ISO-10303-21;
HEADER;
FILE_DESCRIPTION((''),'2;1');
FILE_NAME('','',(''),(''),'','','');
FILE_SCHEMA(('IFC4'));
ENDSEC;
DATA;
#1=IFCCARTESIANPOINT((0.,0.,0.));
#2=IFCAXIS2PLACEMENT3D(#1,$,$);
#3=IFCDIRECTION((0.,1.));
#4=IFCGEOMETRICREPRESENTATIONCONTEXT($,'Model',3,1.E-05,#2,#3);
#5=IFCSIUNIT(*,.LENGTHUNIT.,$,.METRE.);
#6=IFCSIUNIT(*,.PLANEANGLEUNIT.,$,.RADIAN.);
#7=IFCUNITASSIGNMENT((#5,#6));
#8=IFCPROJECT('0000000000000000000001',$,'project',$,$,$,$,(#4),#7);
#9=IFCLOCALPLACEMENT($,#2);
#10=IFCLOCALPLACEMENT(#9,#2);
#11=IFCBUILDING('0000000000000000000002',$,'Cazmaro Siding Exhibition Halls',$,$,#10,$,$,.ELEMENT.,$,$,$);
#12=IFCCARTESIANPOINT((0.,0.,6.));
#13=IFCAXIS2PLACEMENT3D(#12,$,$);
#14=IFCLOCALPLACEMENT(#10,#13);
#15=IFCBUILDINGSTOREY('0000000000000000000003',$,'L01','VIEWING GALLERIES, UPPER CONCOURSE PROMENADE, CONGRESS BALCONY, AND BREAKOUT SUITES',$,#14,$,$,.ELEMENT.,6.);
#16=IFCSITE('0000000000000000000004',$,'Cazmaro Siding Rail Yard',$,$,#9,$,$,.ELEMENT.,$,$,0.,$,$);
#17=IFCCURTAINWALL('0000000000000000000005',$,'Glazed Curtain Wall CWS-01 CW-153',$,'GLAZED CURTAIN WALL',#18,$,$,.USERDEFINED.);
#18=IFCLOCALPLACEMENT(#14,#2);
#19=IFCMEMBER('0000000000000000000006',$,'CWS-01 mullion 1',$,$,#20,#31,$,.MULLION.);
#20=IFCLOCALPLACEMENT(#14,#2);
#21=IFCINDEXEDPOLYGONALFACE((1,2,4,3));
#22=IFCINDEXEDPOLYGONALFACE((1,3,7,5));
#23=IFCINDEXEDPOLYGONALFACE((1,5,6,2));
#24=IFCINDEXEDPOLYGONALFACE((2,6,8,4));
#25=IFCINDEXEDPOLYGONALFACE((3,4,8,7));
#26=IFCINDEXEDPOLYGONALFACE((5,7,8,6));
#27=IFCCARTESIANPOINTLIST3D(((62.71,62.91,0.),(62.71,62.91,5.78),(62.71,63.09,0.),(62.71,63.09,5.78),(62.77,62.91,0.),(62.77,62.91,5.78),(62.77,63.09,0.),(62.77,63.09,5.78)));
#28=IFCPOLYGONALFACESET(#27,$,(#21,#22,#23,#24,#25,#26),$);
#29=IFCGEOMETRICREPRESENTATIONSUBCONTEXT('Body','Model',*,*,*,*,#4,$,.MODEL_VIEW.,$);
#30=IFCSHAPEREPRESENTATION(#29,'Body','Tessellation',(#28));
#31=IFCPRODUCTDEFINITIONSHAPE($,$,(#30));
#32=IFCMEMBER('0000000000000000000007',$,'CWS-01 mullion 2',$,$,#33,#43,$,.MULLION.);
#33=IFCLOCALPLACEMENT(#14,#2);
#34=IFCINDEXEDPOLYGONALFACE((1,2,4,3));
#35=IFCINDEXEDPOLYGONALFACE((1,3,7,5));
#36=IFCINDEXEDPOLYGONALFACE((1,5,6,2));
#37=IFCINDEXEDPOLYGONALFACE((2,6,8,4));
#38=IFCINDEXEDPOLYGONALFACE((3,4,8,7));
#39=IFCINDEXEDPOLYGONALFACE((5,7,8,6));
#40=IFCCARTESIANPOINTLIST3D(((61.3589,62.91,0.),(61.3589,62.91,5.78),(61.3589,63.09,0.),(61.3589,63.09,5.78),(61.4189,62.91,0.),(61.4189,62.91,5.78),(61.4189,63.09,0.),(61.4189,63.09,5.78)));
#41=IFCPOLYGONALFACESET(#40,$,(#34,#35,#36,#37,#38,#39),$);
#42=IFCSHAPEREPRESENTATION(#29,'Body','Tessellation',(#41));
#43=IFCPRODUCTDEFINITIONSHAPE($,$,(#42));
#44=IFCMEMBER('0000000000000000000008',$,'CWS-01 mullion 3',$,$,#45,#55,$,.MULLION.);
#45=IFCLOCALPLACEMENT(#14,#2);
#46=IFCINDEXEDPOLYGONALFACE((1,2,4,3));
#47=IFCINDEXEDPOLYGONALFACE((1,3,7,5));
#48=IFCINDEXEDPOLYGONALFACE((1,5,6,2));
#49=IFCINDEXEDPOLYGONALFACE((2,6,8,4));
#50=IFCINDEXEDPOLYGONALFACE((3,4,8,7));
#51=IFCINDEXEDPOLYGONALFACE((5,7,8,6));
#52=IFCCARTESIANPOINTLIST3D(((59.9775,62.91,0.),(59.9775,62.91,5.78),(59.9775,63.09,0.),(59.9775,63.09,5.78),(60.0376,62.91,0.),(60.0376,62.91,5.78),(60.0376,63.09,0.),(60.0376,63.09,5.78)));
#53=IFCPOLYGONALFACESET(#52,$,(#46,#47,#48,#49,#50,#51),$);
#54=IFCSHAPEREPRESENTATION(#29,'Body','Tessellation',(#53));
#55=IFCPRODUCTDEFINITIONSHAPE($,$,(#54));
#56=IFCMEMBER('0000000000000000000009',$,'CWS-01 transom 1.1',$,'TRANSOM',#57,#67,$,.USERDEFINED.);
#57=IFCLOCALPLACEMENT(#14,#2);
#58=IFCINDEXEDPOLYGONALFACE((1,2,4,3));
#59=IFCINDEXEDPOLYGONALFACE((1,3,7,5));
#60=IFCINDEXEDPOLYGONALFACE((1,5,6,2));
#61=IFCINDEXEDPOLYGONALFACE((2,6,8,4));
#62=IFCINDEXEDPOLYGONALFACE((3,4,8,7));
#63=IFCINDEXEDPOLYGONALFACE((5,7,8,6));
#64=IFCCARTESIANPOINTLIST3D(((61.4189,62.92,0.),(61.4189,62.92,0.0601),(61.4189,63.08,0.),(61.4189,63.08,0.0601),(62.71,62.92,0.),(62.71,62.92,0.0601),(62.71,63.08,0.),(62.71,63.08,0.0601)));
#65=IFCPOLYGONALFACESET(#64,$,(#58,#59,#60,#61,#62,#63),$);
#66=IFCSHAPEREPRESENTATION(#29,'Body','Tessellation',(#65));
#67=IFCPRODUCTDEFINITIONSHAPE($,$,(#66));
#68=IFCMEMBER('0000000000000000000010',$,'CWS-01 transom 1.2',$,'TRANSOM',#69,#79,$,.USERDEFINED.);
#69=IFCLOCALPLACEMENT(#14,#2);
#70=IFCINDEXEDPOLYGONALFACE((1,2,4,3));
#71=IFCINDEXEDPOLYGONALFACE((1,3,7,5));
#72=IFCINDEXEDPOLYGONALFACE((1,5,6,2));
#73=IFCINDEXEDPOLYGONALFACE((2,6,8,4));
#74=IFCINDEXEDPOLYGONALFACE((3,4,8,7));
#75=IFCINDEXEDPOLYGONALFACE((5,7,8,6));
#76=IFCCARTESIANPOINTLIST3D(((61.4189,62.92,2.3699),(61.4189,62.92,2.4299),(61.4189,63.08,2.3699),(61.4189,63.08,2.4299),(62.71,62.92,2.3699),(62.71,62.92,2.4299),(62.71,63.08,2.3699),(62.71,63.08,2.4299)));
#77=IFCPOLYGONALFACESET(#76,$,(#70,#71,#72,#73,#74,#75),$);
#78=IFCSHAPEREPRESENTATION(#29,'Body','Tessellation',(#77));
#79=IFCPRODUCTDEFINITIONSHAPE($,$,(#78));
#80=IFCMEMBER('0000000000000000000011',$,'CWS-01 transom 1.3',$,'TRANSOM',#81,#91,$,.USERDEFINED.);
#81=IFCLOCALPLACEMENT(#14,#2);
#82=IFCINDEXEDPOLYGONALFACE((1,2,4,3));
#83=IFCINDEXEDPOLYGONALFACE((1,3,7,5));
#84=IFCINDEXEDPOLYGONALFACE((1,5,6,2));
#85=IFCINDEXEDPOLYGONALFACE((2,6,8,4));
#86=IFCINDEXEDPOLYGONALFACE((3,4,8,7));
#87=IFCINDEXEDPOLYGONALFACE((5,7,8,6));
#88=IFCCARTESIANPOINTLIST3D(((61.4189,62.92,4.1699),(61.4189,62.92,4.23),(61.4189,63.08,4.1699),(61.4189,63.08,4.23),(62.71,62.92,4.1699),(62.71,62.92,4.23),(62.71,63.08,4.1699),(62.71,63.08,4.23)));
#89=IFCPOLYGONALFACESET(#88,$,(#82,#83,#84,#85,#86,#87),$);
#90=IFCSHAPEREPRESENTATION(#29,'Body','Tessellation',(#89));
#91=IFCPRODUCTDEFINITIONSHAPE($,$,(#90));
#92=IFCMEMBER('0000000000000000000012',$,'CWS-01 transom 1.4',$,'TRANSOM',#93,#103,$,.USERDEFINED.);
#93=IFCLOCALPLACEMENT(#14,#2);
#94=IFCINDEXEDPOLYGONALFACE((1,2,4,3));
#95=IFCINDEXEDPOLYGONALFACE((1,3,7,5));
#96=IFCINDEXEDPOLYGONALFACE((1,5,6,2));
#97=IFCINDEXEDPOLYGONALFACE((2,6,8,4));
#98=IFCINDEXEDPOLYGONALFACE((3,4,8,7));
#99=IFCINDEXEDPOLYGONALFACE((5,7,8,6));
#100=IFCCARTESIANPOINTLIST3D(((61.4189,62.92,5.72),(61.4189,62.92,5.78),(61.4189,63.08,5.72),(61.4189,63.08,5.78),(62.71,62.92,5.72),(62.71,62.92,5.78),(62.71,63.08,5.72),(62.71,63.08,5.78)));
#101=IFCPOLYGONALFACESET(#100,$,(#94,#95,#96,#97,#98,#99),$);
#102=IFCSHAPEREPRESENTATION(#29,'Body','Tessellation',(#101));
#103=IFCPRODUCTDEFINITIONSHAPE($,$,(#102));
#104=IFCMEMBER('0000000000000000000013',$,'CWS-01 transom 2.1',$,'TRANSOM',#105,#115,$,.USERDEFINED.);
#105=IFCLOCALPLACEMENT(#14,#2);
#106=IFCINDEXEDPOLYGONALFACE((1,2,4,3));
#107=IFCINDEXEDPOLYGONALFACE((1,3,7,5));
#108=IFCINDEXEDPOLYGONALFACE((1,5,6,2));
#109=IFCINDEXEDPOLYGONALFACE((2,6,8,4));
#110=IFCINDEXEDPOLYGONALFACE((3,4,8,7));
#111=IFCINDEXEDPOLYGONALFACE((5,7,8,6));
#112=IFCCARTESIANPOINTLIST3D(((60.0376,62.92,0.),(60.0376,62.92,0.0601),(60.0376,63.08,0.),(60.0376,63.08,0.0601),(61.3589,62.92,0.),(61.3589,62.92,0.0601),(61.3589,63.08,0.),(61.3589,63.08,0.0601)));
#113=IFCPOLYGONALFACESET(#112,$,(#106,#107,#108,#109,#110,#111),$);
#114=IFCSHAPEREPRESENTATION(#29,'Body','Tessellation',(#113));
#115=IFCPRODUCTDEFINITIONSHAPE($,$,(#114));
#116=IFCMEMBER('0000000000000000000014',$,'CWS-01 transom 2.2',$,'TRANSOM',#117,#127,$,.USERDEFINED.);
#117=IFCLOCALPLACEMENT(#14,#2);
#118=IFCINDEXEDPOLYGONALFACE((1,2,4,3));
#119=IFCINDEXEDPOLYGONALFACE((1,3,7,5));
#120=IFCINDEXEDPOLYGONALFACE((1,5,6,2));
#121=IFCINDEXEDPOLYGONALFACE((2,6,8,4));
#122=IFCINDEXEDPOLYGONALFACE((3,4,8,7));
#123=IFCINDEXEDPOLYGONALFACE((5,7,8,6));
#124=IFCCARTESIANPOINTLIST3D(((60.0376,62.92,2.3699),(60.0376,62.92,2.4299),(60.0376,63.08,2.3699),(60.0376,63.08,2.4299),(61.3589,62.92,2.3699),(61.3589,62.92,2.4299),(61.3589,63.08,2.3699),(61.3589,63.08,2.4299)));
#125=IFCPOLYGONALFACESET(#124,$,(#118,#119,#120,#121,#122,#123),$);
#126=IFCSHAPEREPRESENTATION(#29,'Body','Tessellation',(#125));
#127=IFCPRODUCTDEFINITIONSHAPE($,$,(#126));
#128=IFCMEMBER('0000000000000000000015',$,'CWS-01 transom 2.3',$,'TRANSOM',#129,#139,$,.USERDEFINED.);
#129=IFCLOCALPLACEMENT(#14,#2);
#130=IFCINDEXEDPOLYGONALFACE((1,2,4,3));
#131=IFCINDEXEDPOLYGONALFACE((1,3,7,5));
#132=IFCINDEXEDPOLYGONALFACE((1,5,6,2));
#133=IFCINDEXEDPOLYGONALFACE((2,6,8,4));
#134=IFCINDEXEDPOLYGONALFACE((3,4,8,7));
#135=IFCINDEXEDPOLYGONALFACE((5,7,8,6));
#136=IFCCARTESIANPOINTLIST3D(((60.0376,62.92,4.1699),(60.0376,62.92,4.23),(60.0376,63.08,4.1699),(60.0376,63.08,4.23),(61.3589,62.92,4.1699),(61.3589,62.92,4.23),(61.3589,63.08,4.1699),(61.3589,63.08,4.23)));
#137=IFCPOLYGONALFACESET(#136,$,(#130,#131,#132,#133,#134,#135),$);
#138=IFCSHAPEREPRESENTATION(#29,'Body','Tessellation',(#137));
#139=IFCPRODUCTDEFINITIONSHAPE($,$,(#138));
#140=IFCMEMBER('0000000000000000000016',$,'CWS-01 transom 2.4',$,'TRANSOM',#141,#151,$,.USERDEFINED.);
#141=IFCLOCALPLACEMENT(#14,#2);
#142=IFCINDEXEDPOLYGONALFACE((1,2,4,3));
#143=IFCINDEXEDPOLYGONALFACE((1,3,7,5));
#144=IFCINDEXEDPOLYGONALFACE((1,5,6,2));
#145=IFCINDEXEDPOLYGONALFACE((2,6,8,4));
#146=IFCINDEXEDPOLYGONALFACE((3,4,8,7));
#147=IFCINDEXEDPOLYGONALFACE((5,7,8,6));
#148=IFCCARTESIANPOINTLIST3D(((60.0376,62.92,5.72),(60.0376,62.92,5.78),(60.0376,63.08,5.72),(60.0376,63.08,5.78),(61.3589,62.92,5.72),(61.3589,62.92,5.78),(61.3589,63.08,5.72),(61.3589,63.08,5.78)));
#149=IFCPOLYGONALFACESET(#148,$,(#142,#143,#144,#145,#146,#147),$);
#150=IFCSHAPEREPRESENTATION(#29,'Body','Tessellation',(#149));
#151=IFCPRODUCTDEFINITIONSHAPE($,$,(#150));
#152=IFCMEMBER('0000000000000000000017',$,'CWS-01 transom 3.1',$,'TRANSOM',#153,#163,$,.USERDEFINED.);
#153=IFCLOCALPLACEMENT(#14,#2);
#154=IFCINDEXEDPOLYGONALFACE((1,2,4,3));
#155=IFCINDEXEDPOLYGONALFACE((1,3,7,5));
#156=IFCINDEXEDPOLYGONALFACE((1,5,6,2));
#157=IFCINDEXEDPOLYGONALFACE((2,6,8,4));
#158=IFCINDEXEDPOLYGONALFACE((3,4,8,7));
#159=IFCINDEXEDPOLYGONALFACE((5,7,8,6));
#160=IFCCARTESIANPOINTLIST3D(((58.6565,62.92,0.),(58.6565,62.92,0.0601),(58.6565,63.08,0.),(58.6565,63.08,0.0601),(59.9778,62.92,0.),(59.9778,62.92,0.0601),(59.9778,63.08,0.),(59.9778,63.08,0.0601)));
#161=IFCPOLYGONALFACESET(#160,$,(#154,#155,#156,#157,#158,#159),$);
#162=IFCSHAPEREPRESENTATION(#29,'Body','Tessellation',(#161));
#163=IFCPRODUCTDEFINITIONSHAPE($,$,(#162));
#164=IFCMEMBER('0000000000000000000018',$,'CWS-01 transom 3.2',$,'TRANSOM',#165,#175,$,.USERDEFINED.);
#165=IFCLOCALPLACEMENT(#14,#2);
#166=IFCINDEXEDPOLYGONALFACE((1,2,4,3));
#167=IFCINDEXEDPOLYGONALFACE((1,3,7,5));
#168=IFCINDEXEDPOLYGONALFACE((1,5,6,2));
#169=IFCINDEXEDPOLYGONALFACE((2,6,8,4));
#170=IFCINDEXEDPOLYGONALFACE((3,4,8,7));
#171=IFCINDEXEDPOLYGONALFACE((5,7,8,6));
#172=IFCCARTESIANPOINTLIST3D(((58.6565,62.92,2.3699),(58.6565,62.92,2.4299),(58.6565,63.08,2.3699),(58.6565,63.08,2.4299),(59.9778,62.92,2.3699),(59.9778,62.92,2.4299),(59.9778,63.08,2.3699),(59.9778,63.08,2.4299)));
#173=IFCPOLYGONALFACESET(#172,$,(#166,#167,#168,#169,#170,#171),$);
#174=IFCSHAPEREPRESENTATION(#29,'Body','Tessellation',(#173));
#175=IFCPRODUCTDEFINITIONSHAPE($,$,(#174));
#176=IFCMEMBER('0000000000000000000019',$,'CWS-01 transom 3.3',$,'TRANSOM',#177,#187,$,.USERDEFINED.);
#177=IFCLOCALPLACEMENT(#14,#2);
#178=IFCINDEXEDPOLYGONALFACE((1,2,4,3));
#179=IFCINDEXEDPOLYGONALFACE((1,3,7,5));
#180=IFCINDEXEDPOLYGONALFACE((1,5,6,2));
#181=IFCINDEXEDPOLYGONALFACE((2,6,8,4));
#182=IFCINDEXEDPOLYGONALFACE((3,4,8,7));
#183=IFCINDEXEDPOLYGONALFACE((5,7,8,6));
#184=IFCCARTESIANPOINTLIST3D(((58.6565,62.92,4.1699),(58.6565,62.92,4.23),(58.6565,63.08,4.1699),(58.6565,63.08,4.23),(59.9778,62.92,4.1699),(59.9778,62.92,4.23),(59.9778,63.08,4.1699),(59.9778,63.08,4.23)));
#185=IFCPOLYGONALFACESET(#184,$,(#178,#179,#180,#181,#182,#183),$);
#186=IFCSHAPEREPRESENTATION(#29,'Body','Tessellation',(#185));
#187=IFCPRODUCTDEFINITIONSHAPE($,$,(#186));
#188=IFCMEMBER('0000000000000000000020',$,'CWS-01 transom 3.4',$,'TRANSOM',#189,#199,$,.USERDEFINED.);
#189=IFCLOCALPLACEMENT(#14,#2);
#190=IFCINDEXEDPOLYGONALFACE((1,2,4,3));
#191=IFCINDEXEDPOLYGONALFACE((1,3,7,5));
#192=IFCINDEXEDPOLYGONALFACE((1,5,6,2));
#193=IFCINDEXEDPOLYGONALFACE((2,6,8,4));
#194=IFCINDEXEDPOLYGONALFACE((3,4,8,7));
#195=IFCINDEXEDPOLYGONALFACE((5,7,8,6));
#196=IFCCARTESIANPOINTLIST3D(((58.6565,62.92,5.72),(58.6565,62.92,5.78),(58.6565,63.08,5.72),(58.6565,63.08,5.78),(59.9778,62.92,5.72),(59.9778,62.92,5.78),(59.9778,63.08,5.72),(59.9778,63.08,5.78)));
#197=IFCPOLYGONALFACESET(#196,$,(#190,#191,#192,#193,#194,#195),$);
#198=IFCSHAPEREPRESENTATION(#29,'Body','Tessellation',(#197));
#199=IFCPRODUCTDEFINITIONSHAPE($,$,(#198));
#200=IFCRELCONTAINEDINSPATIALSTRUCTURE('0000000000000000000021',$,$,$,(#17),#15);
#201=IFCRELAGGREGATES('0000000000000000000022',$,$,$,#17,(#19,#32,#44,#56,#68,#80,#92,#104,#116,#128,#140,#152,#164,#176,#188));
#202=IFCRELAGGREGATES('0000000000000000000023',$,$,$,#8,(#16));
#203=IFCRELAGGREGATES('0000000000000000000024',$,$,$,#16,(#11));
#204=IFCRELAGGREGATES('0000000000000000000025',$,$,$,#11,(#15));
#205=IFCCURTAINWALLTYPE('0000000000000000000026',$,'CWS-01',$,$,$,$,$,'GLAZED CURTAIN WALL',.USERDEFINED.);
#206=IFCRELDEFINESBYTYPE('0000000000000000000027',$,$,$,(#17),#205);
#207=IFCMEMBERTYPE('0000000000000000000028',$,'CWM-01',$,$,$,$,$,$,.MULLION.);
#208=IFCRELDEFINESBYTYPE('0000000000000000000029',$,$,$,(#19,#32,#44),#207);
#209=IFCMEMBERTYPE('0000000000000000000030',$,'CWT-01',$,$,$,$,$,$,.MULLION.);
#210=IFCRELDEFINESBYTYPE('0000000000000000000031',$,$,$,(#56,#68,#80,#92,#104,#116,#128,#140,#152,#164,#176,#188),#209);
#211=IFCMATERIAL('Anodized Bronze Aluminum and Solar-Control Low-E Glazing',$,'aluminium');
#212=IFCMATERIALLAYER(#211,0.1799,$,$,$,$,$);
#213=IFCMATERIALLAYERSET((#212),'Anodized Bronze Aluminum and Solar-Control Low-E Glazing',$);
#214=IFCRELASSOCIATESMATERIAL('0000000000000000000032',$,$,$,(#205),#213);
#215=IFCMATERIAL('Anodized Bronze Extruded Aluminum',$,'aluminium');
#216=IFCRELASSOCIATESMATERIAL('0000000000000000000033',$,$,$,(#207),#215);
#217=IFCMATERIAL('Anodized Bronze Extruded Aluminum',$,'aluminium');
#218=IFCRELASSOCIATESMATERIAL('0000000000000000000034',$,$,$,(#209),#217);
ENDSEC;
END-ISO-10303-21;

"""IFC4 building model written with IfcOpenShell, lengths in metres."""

from ifc_helpers import new_model, si_unit, direction, frame, origin, origin_2d, place, context, subcontext, project, spatial, rectangle, extrude, material, layer, layer_set, material_profile, profile_set, type_object, element, aggregate, save


model = new_model("IFC4")

# Units and contexts
model_context = context("Model", 3, precision=1e-05, world=origin(), true_north=direction((0.0, 1.0)))
body_context = subcontext(model_context, "Body", "Model", "MODEL_VIEW")
ifc_project = project(units=[si_unit("LENGTHUNIT", "METRE"), si_unit("PLANEANGLEUNIT", "RADIAN")], contexts=[model_context])

# Site, building, storey
site_placement = place(None, origin())
site = spatial("IfcSite", under=ifc_project, at=site_placement, Name="Cazmaro Siding Rail Yard", CompositionType="ELEMENT", RefElevation=0.0)
building_placement = place(site_placement, origin())
building = spatial("IfcBuilding", under=site, at=building_placement, Name="Cazmaro Siding Exhibition Halls", CompositionType="ELEMENT")
storey_placement = place(building_placement, frame((0.0, 0.0, 6.0)))
storey = spatial("IfcBuildingStorey", under=building, at=storey_placement, Name="L01", Description="VIEWING GALLERIES, UPPER CONCOURSE PROMENADE, CONGRESS BALCONY, AND BREAKOUT SUITES", CompositionType="ELEMENT", Elevation=6.0)

# Curtain wall, members
ifc_material_1 = material(Name="Anodized Bronze Aluminum and Solar-Control Low-E Glazing", Category="aluminium")
ifc_layer_1 = layer(ifc_material_1, 0.1799)
ifc_layer_set_1 = layer_set([ifc_layer_1], Name="Anodized Bronze Aluminum and Solar-Control Low-E Glazing")
curtain_wall_type = type_object("IfcCurtainWallType", Name="CWS-01", ElementType="GLAZED CURTAIN WALL", PredefinedType="USERDEFINED", material=ifc_layer_set_1)
curtain_wall_placement = place(storey_placement, origin())
curtain_wall = element("IfcCurtainWall", 1, at=curtain_wall_placement, inside=storey, type_object=curtain_wall_type, Name="Glazed Curtain Wall CWS-01 CW-153", ObjectType="GLAZED CURTAIN WALL", PredefinedType="USERDEFINED")
ifc_material_2 = material(Name="Anodized Bronze Extruded Aluminum", Category="aluminium")
ifc_material_profile_1 = material_profile(ifc_material_2, rectangle(XDim=0.1799, YDim=0.0601, at=origin_2d()), Name="CWM-01")
ifc_profile_set_1 = profile_set([ifc_material_profile_1], Name="Anodized Bronze Extruded Aluminum")
member_type_1 = type_object("IfcMemberType", Name="CWM-01", PredefinedType="MULLION", material=ifc_profile_set_1)
member_1_placement = place(storey_placement, frame((62.74, 63.0, 0.0), z_axis=(0.0, 0.0, 1.0), x_axis=(0.0, -1.0, 0.0)))
member_1 = element("IfcMember", 2, at=member_1_placement, type_object=member_type_1, Name="CWS-01 mullion 1", PredefinedType="MULLION", context=body_context, shape_type="SweptSolid", body=[
    extrude(rectangle(XDim=0.1799, YDim=0.0601, at=origin_2d()), origin(), (0.0, 0.0, 1.0), 5.78),
])
member_2_placement = place(storey_placement, frame((61.3889, 63.0, 0.0), z_axis=(0.0, 0.0, 1.0), x_axis=(0.0, -1.0, 0.0)))
member_2 = element("IfcMember", 3, at=member_2_placement, type_object=member_type_1, Name="CWS-01 mullion 2", PredefinedType="MULLION", context=body_context, shape_type="SweptSolid", body=[
    extrude(rectangle(XDim=0.1799, YDim=0.0601, at=origin_2d()), origin(), (0.0, 0.0, 1.0), 5.78),
])
member_3_placement = place(storey_placement, frame((60.0076, 63.0, 0.0), z_axis=(0.0, 0.0, 1.0), x_axis=(0.0, -1.0, 0.0)))
member_3 = element("IfcMember", 4, at=member_3_placement, type_object=member_type_1, Name="CWS-01 mullion 3", PredefinedType="MULLION", context=body_context, shape_type="SweptSolid", body=[
    extrude(rectangle(XDim=0.1799, YDim=0.0601, at=origin_2d()), origin(), (0.0, 0.0, 1.0), 5.78),
])
ifc_material_3 = material(Name="Anodized Bronze Extruded Aluminum", Category="aluminium")
ifc_material_profile_2 = material_profile(ifc_material_3, rectangle(XDim=0.1599, YDim=0.0601, at=origin_2d()), Name="CWT-01")
ifc_profile_set_2 = profile_set([ifc_material_profile_2], Name="Anodized Bronze Extruded Aluminum")
member_type_2 = type_object("IfcMemberType", Name="CWT-01", PredefinedType="MULLION", material=ifc_profile_set_2)
member_4_placement = place(storey_placement, frame((62.71, 63.0, 0.03), z_axis=(-1.0, 0.0, 0.0), x_axis=(0.0, -1.0, 0.0)))
member_4 = element("IfcMember", 5, at=member_4_placement, type_object=member_type_2, Name="CWS-01 transom 1.1", ObjectType="TRANSOM", PredefinedType="USERDEFINED", context=body_context, shape_type="SweptSolid", body=[
    extrude(rectangle(XDim=0.1599, YDim=0.0601, at=origin_2d()), origin(), (0.0, 0.0, 1.0), 1.291),
])
member_5_placement = place(storey_placement, frame((62.71, 63.0, 2.3999), z_axis=(-1.0, 0.0, 0.0), x_axis=(0.0, -1.0, 0.0)))
member_5 = element("IfcMember", 6, at=member_5_placement, type_object=member_type_2, Name="CWS-01 transom 1.2", ObjectType="TRANSOM", PredefinedType="USERDEFINED", context=body_context, shape_type="SweptSolid", body=[
    extrude(rectangle(XDim=0.1599, YDim=0.0601, at=origin_2d()), origin(), (0.0, 0.0, 1.0), 1.291),
])
member_6_placement = place(storey_placement, frame((62.71, 63.0, 4.2), z_axis=(-1.0, 0.0, 0.0), x_axis=(0.0, -1.0, 0.0)))
member_6 = element("IfcMember", 7, at=member_6_placement, type_object=member_type_2, Name="CWS-01 transom 1.3", ObjectType="TRANSOM", PredefinedType="USERDEFINED", context=body_context, shape_type="SweptSolid", body=[
    extrude(rectangle(XDim=0.1599, YDim=0.0601, at=origin_2d()), origin(), (0.0, 0.0, 1.0), 1.291),
])
member_7_placement = place(storey_placement, frame((62.71, 63.0, 5.75), z_axis=(-1.0, 0.0, 0.0), x_axis=(0.0, -1.0, 0.0)))
member_7 = element("IfcMember", 8, at=member_7_placement, type_object=member_type_2, Name="CWS-01 transom 1.4", ObjectType="TRANSOM", PredefinedType="USERDEFINED", context=body_context, shape_type="SweptSolid", body=[
    extrude(rectangle(XDim=0.1599, YDim=0.0601, at=origin_2d()), origin(), (0.0, 0.0, 1.0), 1.291),
])
member_8_placement = place(storey_placement, frame((61.3589, 63.0, 0.03), z_axis=(-1.0, 0.0, 0.0), x_axis=(0.0, -1.0, 0.0)))
member_8 = element("IfcMember", 9, at=member_8_placement, type_object=member_type_2, Name="CWS-01 transom 2.1", ObjectType="TRANSOM", PredefinedType="USERDEFINED", context=body_context, shape_type="SweptSolid", body=[
    extrude(rectangle(XDim=0.1599, YDim=0.0601, at=origin_2d()), origin(), (0.0, 0.0, 1.0), 1.3213),
])
member_9_placement = place(storey_placement, frame((61.3589, 63.0, 2.3999), z_axis=(-1.0, 0.0, 0.0), x_axis=(0.0, -1.0, 0.0)))
member_9 = element("IfcMember", 10, at=member_9_placement, type_object=member_type_2, Name="CWS-01 transom 2.2", ObjectType="TRANSOM", PredefinedType="USERDEFINED", context=body_context, shape_type="SweptSolid", body=[
    extrude(rectangle(XDim=0.1599, YDim=0.0601, at=origin_2d()), origin(), (0.0, 0.0, 1.0), 1.3213),
])
member_10_placement = place(storey_placement, frame((61.3589, 63.0, 4.2), z_axis=(-1.0, 0.0, 0.0), x_axis=(0.0, -1.0, 0.0)))
member_10 = element("IfcMember", 11, at=member_10_placement, type_object=member_type_2, Name="CWS-01 transom 2.3", ObjectType="TRANSOM", PredefinedType="USERDEFINED", context=body_context, shape_type="SweptSolid", body=[
    extrude(rectangle(XDim=0.1599, YDim=0.0601, at=origin_2d()), origin(), (0.0, 0.0, 1.0), 1.3213),
])
member_11_placement = place(storey_placement, frame((61.3589, 63.0, 5.75), z_axis=(-1.0, 0.0, 0.0), x_axis=(0.0, -1.0, 0.0)))
member_11 = element("IfcMember", 12, at=member_11_placement, type_object=member_type_2, Name="CWS-01 transom 2.4", ObjectType="TRANSOM", PredefinedType="USERDEFINED", context=body_context, shape_type="SweptSolid", body=[
    extrude(rectangle(XDim=0.1599, YDim=0.0601, at=origin_2d()), origin(), (0.0, 0.0, 1.0), 1.3213),
])
member_12_placement = place(storey_placement, frame((59.9778, 63.0, 0.03), z_axis=(-1.0, 0.0, 0.0), x_axis=(0.0, -1.0, 0.0)))
member_12 = element("IfcMember", 13, at=member_12_placement, type_object=member_type_2, Name="CWS-01 transom 3.1", ObjectType="TRANSOM", PredefinedType="USERDEFINED", context=body_context, shape_type="SweptSolid", body=[
    extrude(rectangle(XDim=0.1599, YDim=0.0601, at=origin_2d()), origin(), (0.0, 0.0, 1.0), 1.3213),
])
member_13_placement = place(storey_placement, frame((59.9778, 63.0, 2.3999), z_axis=(-1.0, 0.0, 0.0), x_axis=(0.0, -1.0, 0.0)))
member_13 = element("IfcMember", 14, at=member_13_placement, type_object=member_type_2, Name="CWS-01 transom 3.2", ObjectType="TRANSOM", PredefinedType="USERDEFINED", context=body_context, shape_type="SweptSolid", body=[
    extrude(rectangle(XDim=0.1599, YDim=0.0601, at=origin_2d()), origin(), (0.0, 0.0, 1.0), 1.3213),
])
member_14_placement = place(storey_placement, frame((59.9778, 63.0, 4.2), z_axis=(-1.0, 0.0, 0.0), x_axis=(0.0, -1.0, 0.0)))
member_14 = element("IfcMember", 15, at=member_14_placement, type_object=member_type_2, Name="CWS-01 transom 3.3", ObjectType="TRANSOM", PredefinedType="USERDEFINED", context=body_context, shape_type="SweptSolid", body=[
    extrude(rectangle(XDim=0.1599, YDim=0.0601, at=origin_2d()), origin(), (0.0, 0.0, 1.0), 1.3213),
])
member_15_placement = place(storey_placement, frame((59.9778, 63.0, 5.75), z_axis=(-1.0, 0.0, 0.0), x_axis=(0.0, -1.0, 0.0)))
member_15 = element("IfcMember", 16, at=member_15_placement, type_object=member_type_2, Name="CWS-01 transom 3.4", ObjectType="TRANSOM", PredefinedType="USERDEFINED", context=body_context, shape_type="SweptSolid", body=[
    extrude(rectangle(XDim=0.1599, YDim=0.0601, at=origin_2d()), origin(), (0.0, 0.0, 1.0), 1.3213),
])
aggregate(curtain_wall, [member_1, member_2, member_3, member_4, member_5, member_6, member_7, member_8, member_9, member_10, member_11, member_12, member_13, member_14, member_15])

save(model, "model.ifc")
